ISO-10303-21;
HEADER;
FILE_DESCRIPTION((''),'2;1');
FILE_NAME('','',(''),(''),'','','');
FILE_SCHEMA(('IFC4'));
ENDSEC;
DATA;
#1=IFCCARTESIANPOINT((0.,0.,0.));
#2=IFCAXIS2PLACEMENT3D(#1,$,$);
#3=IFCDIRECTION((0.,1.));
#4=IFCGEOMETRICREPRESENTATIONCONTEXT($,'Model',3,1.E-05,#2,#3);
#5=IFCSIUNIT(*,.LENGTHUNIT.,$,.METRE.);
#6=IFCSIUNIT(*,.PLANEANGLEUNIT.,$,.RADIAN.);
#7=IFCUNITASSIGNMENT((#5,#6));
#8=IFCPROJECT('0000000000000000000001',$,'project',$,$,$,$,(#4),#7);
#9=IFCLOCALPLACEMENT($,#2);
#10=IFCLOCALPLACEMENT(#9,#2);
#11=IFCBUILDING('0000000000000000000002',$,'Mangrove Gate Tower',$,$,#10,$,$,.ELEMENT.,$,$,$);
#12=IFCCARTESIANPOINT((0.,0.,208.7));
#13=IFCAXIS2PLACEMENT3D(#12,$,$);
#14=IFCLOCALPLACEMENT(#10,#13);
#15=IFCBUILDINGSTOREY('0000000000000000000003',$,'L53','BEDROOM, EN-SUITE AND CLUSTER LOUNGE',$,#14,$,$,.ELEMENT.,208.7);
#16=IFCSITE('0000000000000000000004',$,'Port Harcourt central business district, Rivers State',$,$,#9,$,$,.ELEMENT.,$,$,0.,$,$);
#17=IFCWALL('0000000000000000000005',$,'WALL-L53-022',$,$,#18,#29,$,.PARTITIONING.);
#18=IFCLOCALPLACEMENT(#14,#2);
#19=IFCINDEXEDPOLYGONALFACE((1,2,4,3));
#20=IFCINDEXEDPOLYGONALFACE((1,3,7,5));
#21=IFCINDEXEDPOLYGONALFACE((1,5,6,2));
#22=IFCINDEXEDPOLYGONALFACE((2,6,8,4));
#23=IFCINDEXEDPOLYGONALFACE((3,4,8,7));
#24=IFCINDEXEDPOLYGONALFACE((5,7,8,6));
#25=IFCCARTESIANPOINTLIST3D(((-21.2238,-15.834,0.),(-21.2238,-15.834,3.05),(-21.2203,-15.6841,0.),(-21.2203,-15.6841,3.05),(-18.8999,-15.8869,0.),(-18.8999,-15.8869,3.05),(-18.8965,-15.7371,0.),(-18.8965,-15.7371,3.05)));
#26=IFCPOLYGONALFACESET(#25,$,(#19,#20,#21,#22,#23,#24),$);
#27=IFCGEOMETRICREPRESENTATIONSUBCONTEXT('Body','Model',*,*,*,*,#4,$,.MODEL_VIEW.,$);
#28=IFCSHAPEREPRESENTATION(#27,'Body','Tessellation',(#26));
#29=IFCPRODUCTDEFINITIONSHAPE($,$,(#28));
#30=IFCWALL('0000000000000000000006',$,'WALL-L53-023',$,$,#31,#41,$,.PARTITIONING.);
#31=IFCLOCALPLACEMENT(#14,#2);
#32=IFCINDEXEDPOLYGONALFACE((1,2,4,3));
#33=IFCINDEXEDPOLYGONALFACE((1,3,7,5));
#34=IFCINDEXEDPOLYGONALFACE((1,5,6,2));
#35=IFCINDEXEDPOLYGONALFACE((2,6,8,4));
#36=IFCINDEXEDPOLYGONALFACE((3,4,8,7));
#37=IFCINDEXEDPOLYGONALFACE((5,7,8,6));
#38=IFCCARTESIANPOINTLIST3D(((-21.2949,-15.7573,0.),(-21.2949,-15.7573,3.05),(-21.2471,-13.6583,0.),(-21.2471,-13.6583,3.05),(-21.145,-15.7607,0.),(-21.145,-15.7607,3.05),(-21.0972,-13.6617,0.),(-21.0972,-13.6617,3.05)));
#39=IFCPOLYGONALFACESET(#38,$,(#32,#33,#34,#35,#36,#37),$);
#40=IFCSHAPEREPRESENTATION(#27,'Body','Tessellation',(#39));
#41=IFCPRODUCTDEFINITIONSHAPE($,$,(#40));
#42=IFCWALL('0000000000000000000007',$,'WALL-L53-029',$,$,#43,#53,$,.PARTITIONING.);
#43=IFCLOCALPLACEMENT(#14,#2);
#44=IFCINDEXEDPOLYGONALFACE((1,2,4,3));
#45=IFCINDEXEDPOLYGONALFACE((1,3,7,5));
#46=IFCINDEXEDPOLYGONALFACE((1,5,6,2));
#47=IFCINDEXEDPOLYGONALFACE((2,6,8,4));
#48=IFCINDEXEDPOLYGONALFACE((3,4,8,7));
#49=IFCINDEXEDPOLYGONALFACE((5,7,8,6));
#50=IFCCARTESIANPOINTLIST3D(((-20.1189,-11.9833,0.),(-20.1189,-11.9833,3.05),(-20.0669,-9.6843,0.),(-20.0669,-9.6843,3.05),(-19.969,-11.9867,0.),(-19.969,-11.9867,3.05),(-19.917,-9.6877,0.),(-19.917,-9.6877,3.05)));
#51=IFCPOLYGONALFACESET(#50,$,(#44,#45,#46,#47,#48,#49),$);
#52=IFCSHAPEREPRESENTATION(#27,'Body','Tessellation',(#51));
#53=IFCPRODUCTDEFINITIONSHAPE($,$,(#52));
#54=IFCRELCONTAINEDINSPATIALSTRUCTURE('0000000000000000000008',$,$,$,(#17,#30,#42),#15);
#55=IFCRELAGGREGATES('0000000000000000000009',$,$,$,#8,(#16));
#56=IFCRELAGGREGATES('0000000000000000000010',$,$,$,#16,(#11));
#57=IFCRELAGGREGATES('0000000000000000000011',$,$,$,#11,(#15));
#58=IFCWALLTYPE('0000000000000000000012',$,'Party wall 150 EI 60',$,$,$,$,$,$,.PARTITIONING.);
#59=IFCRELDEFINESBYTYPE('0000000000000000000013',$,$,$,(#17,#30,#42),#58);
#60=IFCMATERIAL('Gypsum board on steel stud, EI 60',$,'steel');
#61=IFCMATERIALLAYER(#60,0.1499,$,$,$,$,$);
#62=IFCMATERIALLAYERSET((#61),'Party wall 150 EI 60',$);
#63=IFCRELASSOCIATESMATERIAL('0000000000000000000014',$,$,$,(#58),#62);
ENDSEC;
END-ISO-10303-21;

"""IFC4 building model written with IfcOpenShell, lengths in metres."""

from ifc_helpers import new_model, si_unit, direction, frame, frame_2d, origin, place, context, subcontext, project, spatial, rectangle, extrude, material, layer, layer_set, type_object, element, save


model = new_model("IFC4")

# Units and contexts
model_context = context("Model", 3, precision=1e-05, world=origin(), true_north=direction((0.0, 1.0)))
body_context = subcontext(model_context, "Body", "Model", "MODEL_VIEW")
ifc_project = project(units=[si_unit("LENGTHUNIT", "METRE"), si_unit("PLANEANGLEUNIT", "RADIAN")], contexts=[model_context])

# Site, building, storey
site_placement = place(None, origin())
site = spatial("IfcSite", under=ifc_project, at=site_placement, Name="Port Harcourt central business district, Rivers State", CompositionType="ELEMENT", RefElevation=0.0)
building_placement = place(site_placement, origin())
building = spatial("IfcBuilding", under=site, at=building_placement, Name="Mangrove Gate Tower", CompositionType="ELEMENT")
storey_placement = place(building_placement, frame((0.0, 0.0, 208.7)))
storey = spatial("IfcBuildingStorey", under=building, at=storey_placement, Name="L53", Description="BEDROOM, EN-SUITE AND CLUSTER LOUNGE", CompositionType="ELEMENT", Elevation=208.7)

# Walls
ifc_material_1 = material(Name="Gypsum board on steel stud, EI 60", Category="steel")
ifc_layer_1 = layer(ifc_material_1, 0.1499)
ifc_layer_set_1 = layer_set([ifc_layer_1], Name="Party wall 150 EI 60")
wall_type_1 = type_object("IfcWallType", Name="Party wall 150 EI 60", PredefinedType="PARTITIONING", material=ifc_layer_set_1)
wall_1_placement = place(storey_placement, frame((-21.2219, -15.759, 0.0), z_axis=(0.0, 0.0, 1.0), x_axis=(0.99974, -0.022791, 0.0)))
element("IfcWall", 1, at=wall_1_placement, inside=storey, type_object=wall_type_1, Name="WALL-L53-022", PredefinedType="PARTITIONING", context=body_context, shape_type="SweptSolid", body=[
    extrude(rectangle(XDim=2.3245, YDim=0.1499, at=frame_2d((1.1621, 0.0))), origin(), (0.0, 0.0, 1.0), 3.05),
])
wall_2_placement = place(storey_placement, frame((-21.22, -15.759, 0.0), z_axis=(0.0, 0.0, 1.0), x_axis=(0.02279, 0.99974, 0.0)))
element("IfcWall", 2, at=wall_2_placement, inside=storey, type_object=wall_type_1, Name="WALL-L53-023", PredefinedType="PARTITIONING", context=body_context, shape_type="SweptSolid", body=[
    extrude(rectangle(XDim=2.0996, YDim=0.1499, at=frame_2d((1.0498, 0.0))), origin(), (0.0, 0.0, 1.0), 3.05),
])
wall_3_placement = place(storey_placement, frame((-20.0439, -11.9851, 0.0), z_axis=(0.0, 0.0, 1.0), x_axis=(0.022613, 0.999744, 0.0)))
element("IfcWall", 3, at=wall_3_placement, inside=storey, type_object=wall_type_1, Name="WALL-L53-029", PredefinedType="PARTITIONING", context=body_context, shape_type="SweptSolid", body=[
    extrude(rectangle(XDim=2.2996, YDim=0.1499, at=frame_2d((1.1499, 0.0))), origin(), (0.0, 0.0, 1.0), 3.05),
])

save(model, "model.ifc")
